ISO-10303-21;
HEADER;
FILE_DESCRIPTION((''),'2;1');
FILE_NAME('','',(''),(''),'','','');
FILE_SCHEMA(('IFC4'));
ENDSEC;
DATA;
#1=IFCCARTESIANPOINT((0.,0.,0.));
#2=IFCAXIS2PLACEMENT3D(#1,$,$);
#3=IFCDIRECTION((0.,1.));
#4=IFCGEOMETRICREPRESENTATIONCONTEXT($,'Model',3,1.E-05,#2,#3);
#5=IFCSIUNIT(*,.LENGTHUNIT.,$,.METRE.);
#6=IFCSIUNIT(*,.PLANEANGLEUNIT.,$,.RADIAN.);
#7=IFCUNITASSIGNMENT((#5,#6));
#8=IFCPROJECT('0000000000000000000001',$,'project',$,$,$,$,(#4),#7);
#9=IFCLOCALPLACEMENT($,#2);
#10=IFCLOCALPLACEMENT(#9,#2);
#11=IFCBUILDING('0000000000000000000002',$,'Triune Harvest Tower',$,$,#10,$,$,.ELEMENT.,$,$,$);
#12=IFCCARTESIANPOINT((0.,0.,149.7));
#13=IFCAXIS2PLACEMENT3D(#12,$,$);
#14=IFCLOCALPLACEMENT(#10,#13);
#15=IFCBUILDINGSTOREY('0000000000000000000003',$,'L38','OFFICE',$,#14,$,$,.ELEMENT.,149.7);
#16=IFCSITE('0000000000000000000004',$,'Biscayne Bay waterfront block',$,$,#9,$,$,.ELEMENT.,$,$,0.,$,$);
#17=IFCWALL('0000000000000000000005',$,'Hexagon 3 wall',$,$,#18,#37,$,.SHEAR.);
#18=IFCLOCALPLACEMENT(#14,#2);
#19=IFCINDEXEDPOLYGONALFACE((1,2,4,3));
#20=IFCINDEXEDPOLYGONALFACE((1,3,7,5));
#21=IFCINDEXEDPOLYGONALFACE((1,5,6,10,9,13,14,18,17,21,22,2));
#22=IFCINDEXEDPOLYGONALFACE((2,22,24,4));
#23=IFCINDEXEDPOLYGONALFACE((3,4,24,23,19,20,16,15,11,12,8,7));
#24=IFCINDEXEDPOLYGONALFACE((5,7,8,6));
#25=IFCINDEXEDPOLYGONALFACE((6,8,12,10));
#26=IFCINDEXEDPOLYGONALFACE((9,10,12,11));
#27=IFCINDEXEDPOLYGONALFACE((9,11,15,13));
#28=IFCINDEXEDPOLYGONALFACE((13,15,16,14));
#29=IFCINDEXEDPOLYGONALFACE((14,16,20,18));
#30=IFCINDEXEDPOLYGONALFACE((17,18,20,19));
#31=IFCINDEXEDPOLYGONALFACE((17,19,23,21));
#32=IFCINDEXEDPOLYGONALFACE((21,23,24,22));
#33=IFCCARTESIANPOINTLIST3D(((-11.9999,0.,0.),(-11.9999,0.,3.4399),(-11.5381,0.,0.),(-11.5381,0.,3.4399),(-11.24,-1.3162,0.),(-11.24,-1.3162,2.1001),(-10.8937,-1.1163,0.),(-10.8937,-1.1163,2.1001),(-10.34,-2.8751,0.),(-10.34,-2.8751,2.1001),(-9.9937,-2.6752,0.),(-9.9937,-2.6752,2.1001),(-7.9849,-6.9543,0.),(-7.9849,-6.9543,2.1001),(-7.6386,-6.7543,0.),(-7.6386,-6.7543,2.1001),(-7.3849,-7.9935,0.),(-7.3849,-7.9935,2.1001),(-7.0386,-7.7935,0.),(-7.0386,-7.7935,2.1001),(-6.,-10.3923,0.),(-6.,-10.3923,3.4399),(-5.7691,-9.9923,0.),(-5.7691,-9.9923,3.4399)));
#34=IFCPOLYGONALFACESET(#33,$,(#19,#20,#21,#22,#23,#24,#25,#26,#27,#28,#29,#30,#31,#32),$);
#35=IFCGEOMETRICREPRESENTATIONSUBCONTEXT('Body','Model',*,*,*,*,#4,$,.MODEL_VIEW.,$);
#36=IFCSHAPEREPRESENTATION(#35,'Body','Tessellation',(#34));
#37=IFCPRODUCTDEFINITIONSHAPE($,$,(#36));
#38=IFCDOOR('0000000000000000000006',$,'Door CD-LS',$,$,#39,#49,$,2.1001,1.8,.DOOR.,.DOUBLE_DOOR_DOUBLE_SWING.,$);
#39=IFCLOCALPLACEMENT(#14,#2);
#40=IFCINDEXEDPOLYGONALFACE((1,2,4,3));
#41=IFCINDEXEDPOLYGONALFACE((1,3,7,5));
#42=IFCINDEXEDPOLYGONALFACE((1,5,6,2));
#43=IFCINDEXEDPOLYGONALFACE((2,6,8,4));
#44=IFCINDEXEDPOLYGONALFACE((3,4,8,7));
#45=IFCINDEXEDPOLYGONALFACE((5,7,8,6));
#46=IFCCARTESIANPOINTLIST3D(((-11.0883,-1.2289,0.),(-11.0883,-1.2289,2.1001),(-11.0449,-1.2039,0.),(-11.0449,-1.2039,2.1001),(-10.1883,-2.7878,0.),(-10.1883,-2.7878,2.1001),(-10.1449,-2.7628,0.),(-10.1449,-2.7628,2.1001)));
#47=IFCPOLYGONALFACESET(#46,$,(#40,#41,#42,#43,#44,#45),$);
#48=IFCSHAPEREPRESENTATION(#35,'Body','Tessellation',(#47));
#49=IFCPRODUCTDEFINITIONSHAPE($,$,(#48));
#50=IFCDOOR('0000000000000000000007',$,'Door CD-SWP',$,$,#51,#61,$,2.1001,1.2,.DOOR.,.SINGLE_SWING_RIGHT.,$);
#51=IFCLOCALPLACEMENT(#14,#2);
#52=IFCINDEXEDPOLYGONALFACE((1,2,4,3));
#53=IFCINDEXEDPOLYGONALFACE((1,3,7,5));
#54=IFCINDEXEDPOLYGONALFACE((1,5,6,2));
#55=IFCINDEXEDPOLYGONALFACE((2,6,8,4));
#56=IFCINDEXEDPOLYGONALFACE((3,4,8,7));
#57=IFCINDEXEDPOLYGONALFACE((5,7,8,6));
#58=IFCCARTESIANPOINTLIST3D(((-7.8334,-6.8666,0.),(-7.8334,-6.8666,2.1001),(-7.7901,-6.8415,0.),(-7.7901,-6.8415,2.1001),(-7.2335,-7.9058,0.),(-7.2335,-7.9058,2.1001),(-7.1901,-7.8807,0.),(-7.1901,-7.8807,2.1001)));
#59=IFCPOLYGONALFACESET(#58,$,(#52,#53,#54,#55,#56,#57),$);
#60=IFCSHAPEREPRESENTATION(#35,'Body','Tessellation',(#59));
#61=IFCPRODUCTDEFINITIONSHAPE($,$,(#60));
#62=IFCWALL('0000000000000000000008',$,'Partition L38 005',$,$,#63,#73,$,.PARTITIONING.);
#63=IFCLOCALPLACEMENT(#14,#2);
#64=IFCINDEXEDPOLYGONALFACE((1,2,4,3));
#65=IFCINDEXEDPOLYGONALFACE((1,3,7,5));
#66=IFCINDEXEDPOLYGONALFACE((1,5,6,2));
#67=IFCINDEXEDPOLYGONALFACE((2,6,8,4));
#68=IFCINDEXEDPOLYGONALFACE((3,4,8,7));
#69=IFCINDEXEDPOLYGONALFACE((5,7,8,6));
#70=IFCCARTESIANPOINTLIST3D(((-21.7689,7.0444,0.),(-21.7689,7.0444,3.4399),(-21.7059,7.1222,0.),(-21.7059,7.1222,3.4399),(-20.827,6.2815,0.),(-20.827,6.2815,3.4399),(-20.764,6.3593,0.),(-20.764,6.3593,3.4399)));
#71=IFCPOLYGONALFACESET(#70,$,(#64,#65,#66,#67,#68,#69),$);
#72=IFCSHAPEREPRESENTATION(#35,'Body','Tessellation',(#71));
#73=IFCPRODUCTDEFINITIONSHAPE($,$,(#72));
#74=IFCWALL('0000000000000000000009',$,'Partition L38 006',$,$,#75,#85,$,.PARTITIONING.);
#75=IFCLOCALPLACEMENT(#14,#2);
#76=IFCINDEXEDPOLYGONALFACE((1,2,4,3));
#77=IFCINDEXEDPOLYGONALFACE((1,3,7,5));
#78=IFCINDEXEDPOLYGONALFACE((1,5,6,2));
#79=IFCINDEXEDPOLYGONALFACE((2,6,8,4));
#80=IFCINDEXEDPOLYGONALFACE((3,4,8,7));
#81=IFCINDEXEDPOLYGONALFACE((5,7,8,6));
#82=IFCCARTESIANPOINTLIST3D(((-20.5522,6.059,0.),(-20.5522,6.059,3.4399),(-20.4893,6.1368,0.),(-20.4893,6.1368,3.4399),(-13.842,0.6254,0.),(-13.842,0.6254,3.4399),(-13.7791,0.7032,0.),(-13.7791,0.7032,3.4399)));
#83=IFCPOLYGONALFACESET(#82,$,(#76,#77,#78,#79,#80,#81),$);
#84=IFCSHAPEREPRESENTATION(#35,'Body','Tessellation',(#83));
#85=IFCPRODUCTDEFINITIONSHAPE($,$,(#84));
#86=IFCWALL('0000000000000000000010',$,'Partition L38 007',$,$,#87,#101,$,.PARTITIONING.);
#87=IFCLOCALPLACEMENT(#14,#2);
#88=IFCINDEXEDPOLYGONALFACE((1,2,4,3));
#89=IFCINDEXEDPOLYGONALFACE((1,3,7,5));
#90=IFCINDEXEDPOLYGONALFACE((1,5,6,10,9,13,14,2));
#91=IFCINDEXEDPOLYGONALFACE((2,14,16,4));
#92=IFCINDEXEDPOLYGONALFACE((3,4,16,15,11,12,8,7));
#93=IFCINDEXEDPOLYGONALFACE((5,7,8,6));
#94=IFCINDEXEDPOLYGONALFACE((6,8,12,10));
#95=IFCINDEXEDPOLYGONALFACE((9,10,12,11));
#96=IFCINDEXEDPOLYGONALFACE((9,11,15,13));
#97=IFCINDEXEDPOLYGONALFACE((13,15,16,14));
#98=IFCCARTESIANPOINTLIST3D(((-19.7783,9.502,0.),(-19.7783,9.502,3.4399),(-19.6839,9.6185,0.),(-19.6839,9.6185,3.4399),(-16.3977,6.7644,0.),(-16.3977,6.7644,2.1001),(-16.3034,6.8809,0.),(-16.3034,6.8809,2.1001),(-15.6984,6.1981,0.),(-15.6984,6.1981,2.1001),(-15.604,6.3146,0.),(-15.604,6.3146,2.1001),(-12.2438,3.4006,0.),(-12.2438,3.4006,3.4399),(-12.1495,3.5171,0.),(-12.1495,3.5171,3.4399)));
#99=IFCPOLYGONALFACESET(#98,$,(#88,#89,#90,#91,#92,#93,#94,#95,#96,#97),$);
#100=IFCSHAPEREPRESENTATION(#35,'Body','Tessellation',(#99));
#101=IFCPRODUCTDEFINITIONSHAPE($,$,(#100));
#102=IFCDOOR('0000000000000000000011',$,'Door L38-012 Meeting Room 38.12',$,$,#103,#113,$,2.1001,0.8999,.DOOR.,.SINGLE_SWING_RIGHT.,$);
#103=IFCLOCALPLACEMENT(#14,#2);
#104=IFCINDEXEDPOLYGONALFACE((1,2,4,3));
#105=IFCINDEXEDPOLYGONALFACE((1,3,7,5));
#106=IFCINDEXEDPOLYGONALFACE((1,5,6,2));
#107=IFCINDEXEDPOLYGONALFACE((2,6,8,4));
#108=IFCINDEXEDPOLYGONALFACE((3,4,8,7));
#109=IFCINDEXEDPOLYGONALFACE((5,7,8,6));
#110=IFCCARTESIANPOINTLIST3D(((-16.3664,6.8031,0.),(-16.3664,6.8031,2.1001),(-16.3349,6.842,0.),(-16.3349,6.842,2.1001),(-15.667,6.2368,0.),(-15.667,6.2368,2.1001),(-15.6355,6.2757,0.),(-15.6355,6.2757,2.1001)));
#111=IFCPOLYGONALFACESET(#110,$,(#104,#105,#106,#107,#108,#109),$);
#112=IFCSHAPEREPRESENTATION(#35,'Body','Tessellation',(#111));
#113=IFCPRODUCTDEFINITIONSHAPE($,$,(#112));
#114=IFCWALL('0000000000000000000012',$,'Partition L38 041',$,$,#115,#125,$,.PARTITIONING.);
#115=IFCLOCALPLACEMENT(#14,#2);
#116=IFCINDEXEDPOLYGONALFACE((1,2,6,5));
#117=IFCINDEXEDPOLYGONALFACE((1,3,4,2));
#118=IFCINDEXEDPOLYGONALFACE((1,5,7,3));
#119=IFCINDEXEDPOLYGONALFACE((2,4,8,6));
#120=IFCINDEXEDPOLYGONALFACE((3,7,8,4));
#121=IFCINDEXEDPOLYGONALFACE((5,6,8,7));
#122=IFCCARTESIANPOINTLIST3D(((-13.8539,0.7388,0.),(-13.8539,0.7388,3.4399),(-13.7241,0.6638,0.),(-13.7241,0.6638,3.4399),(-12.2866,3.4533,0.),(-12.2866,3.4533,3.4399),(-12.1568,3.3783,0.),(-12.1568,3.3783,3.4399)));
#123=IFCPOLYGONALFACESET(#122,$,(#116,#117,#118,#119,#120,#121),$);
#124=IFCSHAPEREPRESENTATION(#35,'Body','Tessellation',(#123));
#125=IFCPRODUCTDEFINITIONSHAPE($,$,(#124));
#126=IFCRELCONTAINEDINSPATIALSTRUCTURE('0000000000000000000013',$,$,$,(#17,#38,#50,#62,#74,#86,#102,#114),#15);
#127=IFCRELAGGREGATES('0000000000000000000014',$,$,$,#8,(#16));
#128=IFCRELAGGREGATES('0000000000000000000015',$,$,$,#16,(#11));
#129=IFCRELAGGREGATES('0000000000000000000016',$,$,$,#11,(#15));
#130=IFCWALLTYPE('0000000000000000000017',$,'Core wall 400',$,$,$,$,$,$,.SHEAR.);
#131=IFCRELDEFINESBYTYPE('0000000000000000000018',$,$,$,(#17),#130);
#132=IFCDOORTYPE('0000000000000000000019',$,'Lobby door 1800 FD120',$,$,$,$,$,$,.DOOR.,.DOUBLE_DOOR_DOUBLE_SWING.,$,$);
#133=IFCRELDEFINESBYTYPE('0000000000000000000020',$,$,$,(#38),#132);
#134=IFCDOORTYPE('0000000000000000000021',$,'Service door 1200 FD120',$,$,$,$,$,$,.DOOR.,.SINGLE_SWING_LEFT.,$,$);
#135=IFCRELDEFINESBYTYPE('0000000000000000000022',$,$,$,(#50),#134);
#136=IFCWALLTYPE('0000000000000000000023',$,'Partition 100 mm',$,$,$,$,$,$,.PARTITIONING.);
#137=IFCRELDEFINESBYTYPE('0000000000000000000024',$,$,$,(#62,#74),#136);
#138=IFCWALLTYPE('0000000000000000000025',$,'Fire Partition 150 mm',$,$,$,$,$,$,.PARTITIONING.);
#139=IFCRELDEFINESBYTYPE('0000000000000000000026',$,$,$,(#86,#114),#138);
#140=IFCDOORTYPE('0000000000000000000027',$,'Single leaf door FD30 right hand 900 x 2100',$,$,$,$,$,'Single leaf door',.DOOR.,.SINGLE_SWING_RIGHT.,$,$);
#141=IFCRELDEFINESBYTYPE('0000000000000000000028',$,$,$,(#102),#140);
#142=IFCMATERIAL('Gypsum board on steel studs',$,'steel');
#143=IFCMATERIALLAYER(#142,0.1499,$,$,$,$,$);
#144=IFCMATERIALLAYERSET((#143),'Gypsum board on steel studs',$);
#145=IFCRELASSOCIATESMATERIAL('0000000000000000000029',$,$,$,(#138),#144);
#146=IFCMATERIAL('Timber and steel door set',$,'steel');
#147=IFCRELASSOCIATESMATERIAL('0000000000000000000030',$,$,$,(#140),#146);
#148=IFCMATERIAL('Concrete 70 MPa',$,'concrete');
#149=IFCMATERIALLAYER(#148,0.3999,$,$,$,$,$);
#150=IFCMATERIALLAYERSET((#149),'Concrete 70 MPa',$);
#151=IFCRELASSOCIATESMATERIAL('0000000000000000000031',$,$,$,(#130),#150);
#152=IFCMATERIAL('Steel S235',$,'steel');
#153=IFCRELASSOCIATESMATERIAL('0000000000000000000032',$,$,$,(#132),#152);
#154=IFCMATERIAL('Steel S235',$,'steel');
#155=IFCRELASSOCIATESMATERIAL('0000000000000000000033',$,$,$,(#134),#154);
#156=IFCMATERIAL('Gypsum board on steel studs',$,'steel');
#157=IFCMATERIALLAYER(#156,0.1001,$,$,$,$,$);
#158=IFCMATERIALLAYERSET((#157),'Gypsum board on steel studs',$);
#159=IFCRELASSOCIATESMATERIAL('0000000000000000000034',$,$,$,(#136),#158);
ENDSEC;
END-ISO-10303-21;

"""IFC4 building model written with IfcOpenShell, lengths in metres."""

from ifc_helpers import new_model, si_unit, direction, frame, frame_2d, origin, place, context, subcontext, project, spatial, polyline, rectangle, outline, extrude, source, transform, mapped, material, layer, layer_set, type_object, element, fill, save


model = new_model("IFC4")

# Units and contexts
model_context = context("Model", 3, precision=1e-05, world=origin(), true_north=direction((0.0, 1.0)))
body_context = subcontext(model_context, "Body", "Model", "MODEL_VIEW")
ifc_project = project(units=[si_unit("LENGTHUNIT", "METRE"), si_unit("PLANEANGLEUNIT", "RADIAN")], contexts=[model_context])

# Site, building, storey
site_placement = place(None, origin())
site = spatial("IfcSite", under=ifc_project, at=site_placement, Name="Biscayne Bay waterfront block", CompositionType="ELEMENT", RefElevation=0.0)
building_placement = place(site_placement, origin())
building = spatial("IfcBuilding", under=site, at=building_placement, Name="Triune Harvest Tower", CompositionType="ELEMENT")
storey_placement = place(building_placement, frame((0.0, 0.0, 149.7)))
storey = spatial("IfcBuildingStorey", under=building, at=storey_placement, Name="L38", Description="OFFICE", CompositionType="ELEMENT", Elevation=149.7)

# Shared definitions
ifc_material_1 = material(Name="Gypsum board on steel studs", Category="steel")
ifc_layer_1 = layer(ifc_material_1, 0.1499)
ifc_layer_set_1 = layer_set([ifc_layer_1], Name="Gypsum board on steel studs")
wall_type_1 = type_object("IfcWallType", Name="Fire Partition 150 mm", PredefinedType="PARTITIONING", material=ifc_layer_set_1)
ifc_material_2 = material(Name="Timber and steel door set", Category="steel")
door_type_1 = type_object("IfcDoorType", Name="Single leaf door FD30 right hand 900 x 2100", ElementType="Single leaf door", OperationType="SINGLE_SWING_RIGHT", PredefinedType="DOOR", material=ifc_material_2)

# Wall, openings, doors
ifc_material_3 = material(Name="Concrete 70 MPa", Category="concrete")
ifc_layer_2 = layer(ifc_material_3, 0.3999)
ifc_layer_set_2 = layer_set([ifc_layer_2], Name="Concrete 70 MPa")
wall_type_2 = type_object("IfcWallType", Name="Core wall 400", PredefinedType="SHEAR", material=ifc_layer_set_2)
shared_shape_1 = source(origin(), body_context, "Body", "SweptSolid", [
    extrude(outline(polyline([(-0.1155, -0.2), (11.8845, -0.2), (11.6536, 0.2), (0.1155, 0.2), (-0.1155, -0.2)])), origin(), (0.0, 0.0, 1.0), 3.4399),
])
wall_1_placement = place(storey_placement, frame((-11.769, 0.0, 0.0), z_axis=(0.0, 0.0, 1.0), x_axis=(0.499997, -0.866027, 0.0)))
wall_1 = element("IfcWall", 1, at=wall_1_placement, inside=storey, type_object=wall_type_2, Name="Hexagon 3 wall", PredefinedType="SHEAR", context=body_context, shape_type="MappedRepresentation", body=[
    mapped(shared_shape_1, transform((0.0, 0.0, 0.0), scale=1.0)),
])
opening_1_placement = place(wall_1_placement, frame((1.4045, 0.0, 0.0)))
opening_1 = element("IfcOpeningElement", 2, at=opening_1_placement, cuts=wall_1, PredefinedType="OPENING", context=body_context, shape_type="SweptSolid", body=[
    extrude(rectangle(XDim=1.8, YDim=2.1001, at=frame_2d((0.8999, 1.05))), frame((0.0, 0.21, 0.0), z_axis=(0.0, -1.0, 0.0), x_axis=(1.0, 0.0, 0.0)), (0.0, 0.0, 1.0), 0.4199),
])
opening_2_placement = place(wall_1_placement, frame((7.9146, 0.0, 0.0)))
opening_2 = element("IfcOpeningElement", 3, at=opening_2_placement, cuts=wall_1, PredefinedType="OPENING", context=body_context, shape_type="SweptSolid", body=[
    extrude(rectangle(XDim=1.2, YDim=2.1001, at=frame_2d((0.6001, 1.05))), frame((0.0, 0.21, 0.0), z_axis=(0.0, -1.0, 0.0), x_axis=(1.0, 0.0, 0.0)), (0.0, 0.0, 1.0), 0.4199),
])
ifc_material_4 = material(Name="Steel S235", Category="steel")
door_type_2 = type_object("IfcDoorType", Name="Lobby door 1800 FD120", OperationType="DOUBLE_DOOR_DOUBLE_SWING", PredefinedType="DOOR", material=ifc_material_4)
door_1_placement = place(opening_1_placement, frame((1.8, 0.0, 0.0), z_axis=(0.0, 0.0, 1.0), x_axis=(-1.0, 0.0, 0.0)))
door_1 = element("IfcDoor", 4, at=door_1_placement, inside=storey, type_object=door_type_2, Name="Door CD-LS", OperationType="DOUBLE_DOOR_DOUBLE_SWING", OverallHeight=2.1001, OverallWidth=1.8, PredefinedType="DOOR", context=body_context, shape_type="SweptSolid", body=[
    extrude(rectangle(XDim=1.8, YDim=2.1001, at=frame_2d((0.8999, 1.05))), frame((0.0, 0.0249, 0.0), z_axis=(0.0, -1.0, 0.0), x_axis=(1.0, 0.0, 0.0)), (0.0, 0.0, 1.0), 0.05),
])
fill(opening_1, door_1)
ifc_material_5 = material(Name="Steel S235", Category="steel")
door_type_3 = type_object("IfcDoorType", Name="Service door 1200 FD120", OperationType="SINGLE_SWING_LEFT", PredefinedType="DOOR", material=ifc_material_5)
door_2_placement = place(opening_2_placement, frame((1.2, 0.0, 0.0), z_axis=(0.0, 0.0, 1.0), x_axis=(-1.0, 0.0, 0.0)))
door_2 = element("IfcDoor", 5, at=door_2_placement, inside=storey, type_object=door_type_3, Name="Door CD-SWP", OperationType="SINGLE_SWING_RIGHT", OverallHeight=2.1001, OverallWidth=1.2, PredefinedType="DOOR", context=body_context, shape_type="SweptSolid", body=[
    extrude(rectangle(XDim=1.2, YDim=2.1001, at=frame_2d((0.6001, 1.05))), frame((0.0, 0.0249, 0.0), z_axis=(0.0, -1.0, 0.0), x_axis=(1.0, 0.0, 0.0)), (0.0, 0.0, 1.0), 0.05),
])
fill(opening_2, door_2)

# Walls
ifc_material_6 = material(Name="Gypsum board on steel studs", Category="steel")
ifc_layer_3 = layer(ifc_material_6, 0.1001)
ifc_layer_set_3 = layer_set([ifc_layer_3], Name="Gypsum board on steel studs")
wall_type_3 = type_object("IfcWallType", Name="Partition 100 mm", PredefinedType="PARTITIONING", material=ifc_layer_set_3)
shared_shape_2 = source(origin(), body_context, "Body", "SweptSolid", [
    extrude(rectangle(XDim=1.2122, YDim=0.1001, at=frame_2d((0.606, 0.0))), origin(), (0.0, 0.0, 1.0), 3.4399),
])
wall_2_placement = place(storey_placement, frame((-21.7373, 7.0833, 0.0), z_axis=(0.0, 0.0, 1.0), x_axis=(0.777062, -0.629424, 0.0)))
element("IfcWall", 6, at=wall_2_placement, inside=storey, type_object=wall_type_3, Name="Partition L38 005", PredefinedType="PARTITIONING", context=body_context, shape_type="MappedRepresentation", body=[
    mapped(shared_shape_2, transform((0.0, 0.0, 0.0), scale=1.0)),
])
shared_shape_3 = source(origin(), body_context, "Body", "SweptSolid", [
    extrude(rectangle(XDim=8.6343, YDim=0.1001, at=frame_2d((4.3171, 0.0))), origin(), (0.0, 0.0, 1.0), 3.4399),
])
wall_3_placement = place(storey_placement, frame((-20.5208, 6.0979, 0.0), z_axis=(0.0, 0.0, 1.0), x_axis=(0.777159, -0.629305, 0.0)))
element("IfcWall", 7, at=wall_3_placement, inside=storey, type_object=wall_type_3, Name="Partition L38 006", PredefinedType="PARTITIONING", context=body_context, shape_type="MappedRepresentation", body=[
    mapped(shared_shape_3, transform((0.0, 0.0, 0.0), scale=1.0)),
])

# Wall, opening, door
shared_shape_4 = source(origin(), body_context, "Body", "SweptSolid", [
    extrude(rectangle(XDim=9.6951, YDim=0.1499, at=frame_2d((4.8477, 0.0))), origin(), (0.0, 0.0, 1.0), 3.4399),
])
wall_4_placement = place(storey_placement, frame((-19.7312, 9.5603, 0.0), z_axis=(0.0, 0.0, 1.0), x_axis=(0.777143, -0.629324, 0.0)))
wall_4 = element("IfcWall", 8, at=wall_4_placement, inside=storey, type_object=wall_type_1, Name="Partition L38 007", PredefinedType="PARTITIONING", context=body_context, shape_type="MappedRepresentation", body=[
    mapped(shared_shape_4, transform((0.0, 0.0, 0.0), scale=1.0)),
])
opening_3_placement = place(wall_4_placement, frame((4.3501, 0.0, 0.0)))
opening_3 = element("IfcOpeningElement", 9, at=opening_3_placement, cuts=wall_4, PredefinedType="OPENING", context=body_context, shape_type="SweptSolid", body=[
    extrude(rectangle(XDim=0.8999, YDim=2.1001, at=frame_2d((0.45, 1.05))), frame((0.0, 0.085, 0.0), z_axis=(0.0, -1.0, 0.0), x_axis=(1.0, 0.0, 0.0)), (0.0, 0.0, 1.0), 0.1699),
])
door_3_placement = place(opening_3_placement, origin())
door_3 = element("IfcDoor", 10, at=door_3_placement, inside=storey, type_object=door_type_1, Name="Door L38-012 Meeting Room 38.12", OperationType="SINGLE_SWING_RIGHT", OverallHeight=2.1001, OverallWidth=0.8999, PredefinedType="DOOR", context=body_context, shape_type="SweptSolid", body=[
    extrude(rectangle(XDim=0.8999, YDim=2.1001, at=frame_2d((0.45, 1.05))), frame((0.0, 0.0249, 0.0), z_axis=(0.0, -1.0, 0.0), x_axis=(1.0, 0.0, 0.0)), (0.0, 0.0, 1.0), 0.05),
])
fill(opening_3, door_3)

# Wall
shared_shape_5 = source(origin(), body_context, "Body", "SweptSolid", [
    extrude(rectangle(XDim=3.1345, YDim=0.1499, at=frame_2d((1.5674, 0.0))), origin(), (0.0, 0.0, 1.0), 3.4399),
])
wall_5_placement = place(storey_placement, frame((-13.7891, 0.7012, 0.0), z_axis=(0.0, 0.0, 1.0), x_axis=(0.500026, 0.86601, 0.0)))
element("IfcWall", 11, at=wall_5_placement, inside=storey, type_object=wall_type_1, Name="Partition L38 041", PredefinedType="PARTITIONING", context=body_context, shape_type="MappedRepresentation", body=[
    mapped(shared_shape_5, transform((0.0, 0.0, 0.0), scale=1.0)),
])

save(model, "model.ifc")
